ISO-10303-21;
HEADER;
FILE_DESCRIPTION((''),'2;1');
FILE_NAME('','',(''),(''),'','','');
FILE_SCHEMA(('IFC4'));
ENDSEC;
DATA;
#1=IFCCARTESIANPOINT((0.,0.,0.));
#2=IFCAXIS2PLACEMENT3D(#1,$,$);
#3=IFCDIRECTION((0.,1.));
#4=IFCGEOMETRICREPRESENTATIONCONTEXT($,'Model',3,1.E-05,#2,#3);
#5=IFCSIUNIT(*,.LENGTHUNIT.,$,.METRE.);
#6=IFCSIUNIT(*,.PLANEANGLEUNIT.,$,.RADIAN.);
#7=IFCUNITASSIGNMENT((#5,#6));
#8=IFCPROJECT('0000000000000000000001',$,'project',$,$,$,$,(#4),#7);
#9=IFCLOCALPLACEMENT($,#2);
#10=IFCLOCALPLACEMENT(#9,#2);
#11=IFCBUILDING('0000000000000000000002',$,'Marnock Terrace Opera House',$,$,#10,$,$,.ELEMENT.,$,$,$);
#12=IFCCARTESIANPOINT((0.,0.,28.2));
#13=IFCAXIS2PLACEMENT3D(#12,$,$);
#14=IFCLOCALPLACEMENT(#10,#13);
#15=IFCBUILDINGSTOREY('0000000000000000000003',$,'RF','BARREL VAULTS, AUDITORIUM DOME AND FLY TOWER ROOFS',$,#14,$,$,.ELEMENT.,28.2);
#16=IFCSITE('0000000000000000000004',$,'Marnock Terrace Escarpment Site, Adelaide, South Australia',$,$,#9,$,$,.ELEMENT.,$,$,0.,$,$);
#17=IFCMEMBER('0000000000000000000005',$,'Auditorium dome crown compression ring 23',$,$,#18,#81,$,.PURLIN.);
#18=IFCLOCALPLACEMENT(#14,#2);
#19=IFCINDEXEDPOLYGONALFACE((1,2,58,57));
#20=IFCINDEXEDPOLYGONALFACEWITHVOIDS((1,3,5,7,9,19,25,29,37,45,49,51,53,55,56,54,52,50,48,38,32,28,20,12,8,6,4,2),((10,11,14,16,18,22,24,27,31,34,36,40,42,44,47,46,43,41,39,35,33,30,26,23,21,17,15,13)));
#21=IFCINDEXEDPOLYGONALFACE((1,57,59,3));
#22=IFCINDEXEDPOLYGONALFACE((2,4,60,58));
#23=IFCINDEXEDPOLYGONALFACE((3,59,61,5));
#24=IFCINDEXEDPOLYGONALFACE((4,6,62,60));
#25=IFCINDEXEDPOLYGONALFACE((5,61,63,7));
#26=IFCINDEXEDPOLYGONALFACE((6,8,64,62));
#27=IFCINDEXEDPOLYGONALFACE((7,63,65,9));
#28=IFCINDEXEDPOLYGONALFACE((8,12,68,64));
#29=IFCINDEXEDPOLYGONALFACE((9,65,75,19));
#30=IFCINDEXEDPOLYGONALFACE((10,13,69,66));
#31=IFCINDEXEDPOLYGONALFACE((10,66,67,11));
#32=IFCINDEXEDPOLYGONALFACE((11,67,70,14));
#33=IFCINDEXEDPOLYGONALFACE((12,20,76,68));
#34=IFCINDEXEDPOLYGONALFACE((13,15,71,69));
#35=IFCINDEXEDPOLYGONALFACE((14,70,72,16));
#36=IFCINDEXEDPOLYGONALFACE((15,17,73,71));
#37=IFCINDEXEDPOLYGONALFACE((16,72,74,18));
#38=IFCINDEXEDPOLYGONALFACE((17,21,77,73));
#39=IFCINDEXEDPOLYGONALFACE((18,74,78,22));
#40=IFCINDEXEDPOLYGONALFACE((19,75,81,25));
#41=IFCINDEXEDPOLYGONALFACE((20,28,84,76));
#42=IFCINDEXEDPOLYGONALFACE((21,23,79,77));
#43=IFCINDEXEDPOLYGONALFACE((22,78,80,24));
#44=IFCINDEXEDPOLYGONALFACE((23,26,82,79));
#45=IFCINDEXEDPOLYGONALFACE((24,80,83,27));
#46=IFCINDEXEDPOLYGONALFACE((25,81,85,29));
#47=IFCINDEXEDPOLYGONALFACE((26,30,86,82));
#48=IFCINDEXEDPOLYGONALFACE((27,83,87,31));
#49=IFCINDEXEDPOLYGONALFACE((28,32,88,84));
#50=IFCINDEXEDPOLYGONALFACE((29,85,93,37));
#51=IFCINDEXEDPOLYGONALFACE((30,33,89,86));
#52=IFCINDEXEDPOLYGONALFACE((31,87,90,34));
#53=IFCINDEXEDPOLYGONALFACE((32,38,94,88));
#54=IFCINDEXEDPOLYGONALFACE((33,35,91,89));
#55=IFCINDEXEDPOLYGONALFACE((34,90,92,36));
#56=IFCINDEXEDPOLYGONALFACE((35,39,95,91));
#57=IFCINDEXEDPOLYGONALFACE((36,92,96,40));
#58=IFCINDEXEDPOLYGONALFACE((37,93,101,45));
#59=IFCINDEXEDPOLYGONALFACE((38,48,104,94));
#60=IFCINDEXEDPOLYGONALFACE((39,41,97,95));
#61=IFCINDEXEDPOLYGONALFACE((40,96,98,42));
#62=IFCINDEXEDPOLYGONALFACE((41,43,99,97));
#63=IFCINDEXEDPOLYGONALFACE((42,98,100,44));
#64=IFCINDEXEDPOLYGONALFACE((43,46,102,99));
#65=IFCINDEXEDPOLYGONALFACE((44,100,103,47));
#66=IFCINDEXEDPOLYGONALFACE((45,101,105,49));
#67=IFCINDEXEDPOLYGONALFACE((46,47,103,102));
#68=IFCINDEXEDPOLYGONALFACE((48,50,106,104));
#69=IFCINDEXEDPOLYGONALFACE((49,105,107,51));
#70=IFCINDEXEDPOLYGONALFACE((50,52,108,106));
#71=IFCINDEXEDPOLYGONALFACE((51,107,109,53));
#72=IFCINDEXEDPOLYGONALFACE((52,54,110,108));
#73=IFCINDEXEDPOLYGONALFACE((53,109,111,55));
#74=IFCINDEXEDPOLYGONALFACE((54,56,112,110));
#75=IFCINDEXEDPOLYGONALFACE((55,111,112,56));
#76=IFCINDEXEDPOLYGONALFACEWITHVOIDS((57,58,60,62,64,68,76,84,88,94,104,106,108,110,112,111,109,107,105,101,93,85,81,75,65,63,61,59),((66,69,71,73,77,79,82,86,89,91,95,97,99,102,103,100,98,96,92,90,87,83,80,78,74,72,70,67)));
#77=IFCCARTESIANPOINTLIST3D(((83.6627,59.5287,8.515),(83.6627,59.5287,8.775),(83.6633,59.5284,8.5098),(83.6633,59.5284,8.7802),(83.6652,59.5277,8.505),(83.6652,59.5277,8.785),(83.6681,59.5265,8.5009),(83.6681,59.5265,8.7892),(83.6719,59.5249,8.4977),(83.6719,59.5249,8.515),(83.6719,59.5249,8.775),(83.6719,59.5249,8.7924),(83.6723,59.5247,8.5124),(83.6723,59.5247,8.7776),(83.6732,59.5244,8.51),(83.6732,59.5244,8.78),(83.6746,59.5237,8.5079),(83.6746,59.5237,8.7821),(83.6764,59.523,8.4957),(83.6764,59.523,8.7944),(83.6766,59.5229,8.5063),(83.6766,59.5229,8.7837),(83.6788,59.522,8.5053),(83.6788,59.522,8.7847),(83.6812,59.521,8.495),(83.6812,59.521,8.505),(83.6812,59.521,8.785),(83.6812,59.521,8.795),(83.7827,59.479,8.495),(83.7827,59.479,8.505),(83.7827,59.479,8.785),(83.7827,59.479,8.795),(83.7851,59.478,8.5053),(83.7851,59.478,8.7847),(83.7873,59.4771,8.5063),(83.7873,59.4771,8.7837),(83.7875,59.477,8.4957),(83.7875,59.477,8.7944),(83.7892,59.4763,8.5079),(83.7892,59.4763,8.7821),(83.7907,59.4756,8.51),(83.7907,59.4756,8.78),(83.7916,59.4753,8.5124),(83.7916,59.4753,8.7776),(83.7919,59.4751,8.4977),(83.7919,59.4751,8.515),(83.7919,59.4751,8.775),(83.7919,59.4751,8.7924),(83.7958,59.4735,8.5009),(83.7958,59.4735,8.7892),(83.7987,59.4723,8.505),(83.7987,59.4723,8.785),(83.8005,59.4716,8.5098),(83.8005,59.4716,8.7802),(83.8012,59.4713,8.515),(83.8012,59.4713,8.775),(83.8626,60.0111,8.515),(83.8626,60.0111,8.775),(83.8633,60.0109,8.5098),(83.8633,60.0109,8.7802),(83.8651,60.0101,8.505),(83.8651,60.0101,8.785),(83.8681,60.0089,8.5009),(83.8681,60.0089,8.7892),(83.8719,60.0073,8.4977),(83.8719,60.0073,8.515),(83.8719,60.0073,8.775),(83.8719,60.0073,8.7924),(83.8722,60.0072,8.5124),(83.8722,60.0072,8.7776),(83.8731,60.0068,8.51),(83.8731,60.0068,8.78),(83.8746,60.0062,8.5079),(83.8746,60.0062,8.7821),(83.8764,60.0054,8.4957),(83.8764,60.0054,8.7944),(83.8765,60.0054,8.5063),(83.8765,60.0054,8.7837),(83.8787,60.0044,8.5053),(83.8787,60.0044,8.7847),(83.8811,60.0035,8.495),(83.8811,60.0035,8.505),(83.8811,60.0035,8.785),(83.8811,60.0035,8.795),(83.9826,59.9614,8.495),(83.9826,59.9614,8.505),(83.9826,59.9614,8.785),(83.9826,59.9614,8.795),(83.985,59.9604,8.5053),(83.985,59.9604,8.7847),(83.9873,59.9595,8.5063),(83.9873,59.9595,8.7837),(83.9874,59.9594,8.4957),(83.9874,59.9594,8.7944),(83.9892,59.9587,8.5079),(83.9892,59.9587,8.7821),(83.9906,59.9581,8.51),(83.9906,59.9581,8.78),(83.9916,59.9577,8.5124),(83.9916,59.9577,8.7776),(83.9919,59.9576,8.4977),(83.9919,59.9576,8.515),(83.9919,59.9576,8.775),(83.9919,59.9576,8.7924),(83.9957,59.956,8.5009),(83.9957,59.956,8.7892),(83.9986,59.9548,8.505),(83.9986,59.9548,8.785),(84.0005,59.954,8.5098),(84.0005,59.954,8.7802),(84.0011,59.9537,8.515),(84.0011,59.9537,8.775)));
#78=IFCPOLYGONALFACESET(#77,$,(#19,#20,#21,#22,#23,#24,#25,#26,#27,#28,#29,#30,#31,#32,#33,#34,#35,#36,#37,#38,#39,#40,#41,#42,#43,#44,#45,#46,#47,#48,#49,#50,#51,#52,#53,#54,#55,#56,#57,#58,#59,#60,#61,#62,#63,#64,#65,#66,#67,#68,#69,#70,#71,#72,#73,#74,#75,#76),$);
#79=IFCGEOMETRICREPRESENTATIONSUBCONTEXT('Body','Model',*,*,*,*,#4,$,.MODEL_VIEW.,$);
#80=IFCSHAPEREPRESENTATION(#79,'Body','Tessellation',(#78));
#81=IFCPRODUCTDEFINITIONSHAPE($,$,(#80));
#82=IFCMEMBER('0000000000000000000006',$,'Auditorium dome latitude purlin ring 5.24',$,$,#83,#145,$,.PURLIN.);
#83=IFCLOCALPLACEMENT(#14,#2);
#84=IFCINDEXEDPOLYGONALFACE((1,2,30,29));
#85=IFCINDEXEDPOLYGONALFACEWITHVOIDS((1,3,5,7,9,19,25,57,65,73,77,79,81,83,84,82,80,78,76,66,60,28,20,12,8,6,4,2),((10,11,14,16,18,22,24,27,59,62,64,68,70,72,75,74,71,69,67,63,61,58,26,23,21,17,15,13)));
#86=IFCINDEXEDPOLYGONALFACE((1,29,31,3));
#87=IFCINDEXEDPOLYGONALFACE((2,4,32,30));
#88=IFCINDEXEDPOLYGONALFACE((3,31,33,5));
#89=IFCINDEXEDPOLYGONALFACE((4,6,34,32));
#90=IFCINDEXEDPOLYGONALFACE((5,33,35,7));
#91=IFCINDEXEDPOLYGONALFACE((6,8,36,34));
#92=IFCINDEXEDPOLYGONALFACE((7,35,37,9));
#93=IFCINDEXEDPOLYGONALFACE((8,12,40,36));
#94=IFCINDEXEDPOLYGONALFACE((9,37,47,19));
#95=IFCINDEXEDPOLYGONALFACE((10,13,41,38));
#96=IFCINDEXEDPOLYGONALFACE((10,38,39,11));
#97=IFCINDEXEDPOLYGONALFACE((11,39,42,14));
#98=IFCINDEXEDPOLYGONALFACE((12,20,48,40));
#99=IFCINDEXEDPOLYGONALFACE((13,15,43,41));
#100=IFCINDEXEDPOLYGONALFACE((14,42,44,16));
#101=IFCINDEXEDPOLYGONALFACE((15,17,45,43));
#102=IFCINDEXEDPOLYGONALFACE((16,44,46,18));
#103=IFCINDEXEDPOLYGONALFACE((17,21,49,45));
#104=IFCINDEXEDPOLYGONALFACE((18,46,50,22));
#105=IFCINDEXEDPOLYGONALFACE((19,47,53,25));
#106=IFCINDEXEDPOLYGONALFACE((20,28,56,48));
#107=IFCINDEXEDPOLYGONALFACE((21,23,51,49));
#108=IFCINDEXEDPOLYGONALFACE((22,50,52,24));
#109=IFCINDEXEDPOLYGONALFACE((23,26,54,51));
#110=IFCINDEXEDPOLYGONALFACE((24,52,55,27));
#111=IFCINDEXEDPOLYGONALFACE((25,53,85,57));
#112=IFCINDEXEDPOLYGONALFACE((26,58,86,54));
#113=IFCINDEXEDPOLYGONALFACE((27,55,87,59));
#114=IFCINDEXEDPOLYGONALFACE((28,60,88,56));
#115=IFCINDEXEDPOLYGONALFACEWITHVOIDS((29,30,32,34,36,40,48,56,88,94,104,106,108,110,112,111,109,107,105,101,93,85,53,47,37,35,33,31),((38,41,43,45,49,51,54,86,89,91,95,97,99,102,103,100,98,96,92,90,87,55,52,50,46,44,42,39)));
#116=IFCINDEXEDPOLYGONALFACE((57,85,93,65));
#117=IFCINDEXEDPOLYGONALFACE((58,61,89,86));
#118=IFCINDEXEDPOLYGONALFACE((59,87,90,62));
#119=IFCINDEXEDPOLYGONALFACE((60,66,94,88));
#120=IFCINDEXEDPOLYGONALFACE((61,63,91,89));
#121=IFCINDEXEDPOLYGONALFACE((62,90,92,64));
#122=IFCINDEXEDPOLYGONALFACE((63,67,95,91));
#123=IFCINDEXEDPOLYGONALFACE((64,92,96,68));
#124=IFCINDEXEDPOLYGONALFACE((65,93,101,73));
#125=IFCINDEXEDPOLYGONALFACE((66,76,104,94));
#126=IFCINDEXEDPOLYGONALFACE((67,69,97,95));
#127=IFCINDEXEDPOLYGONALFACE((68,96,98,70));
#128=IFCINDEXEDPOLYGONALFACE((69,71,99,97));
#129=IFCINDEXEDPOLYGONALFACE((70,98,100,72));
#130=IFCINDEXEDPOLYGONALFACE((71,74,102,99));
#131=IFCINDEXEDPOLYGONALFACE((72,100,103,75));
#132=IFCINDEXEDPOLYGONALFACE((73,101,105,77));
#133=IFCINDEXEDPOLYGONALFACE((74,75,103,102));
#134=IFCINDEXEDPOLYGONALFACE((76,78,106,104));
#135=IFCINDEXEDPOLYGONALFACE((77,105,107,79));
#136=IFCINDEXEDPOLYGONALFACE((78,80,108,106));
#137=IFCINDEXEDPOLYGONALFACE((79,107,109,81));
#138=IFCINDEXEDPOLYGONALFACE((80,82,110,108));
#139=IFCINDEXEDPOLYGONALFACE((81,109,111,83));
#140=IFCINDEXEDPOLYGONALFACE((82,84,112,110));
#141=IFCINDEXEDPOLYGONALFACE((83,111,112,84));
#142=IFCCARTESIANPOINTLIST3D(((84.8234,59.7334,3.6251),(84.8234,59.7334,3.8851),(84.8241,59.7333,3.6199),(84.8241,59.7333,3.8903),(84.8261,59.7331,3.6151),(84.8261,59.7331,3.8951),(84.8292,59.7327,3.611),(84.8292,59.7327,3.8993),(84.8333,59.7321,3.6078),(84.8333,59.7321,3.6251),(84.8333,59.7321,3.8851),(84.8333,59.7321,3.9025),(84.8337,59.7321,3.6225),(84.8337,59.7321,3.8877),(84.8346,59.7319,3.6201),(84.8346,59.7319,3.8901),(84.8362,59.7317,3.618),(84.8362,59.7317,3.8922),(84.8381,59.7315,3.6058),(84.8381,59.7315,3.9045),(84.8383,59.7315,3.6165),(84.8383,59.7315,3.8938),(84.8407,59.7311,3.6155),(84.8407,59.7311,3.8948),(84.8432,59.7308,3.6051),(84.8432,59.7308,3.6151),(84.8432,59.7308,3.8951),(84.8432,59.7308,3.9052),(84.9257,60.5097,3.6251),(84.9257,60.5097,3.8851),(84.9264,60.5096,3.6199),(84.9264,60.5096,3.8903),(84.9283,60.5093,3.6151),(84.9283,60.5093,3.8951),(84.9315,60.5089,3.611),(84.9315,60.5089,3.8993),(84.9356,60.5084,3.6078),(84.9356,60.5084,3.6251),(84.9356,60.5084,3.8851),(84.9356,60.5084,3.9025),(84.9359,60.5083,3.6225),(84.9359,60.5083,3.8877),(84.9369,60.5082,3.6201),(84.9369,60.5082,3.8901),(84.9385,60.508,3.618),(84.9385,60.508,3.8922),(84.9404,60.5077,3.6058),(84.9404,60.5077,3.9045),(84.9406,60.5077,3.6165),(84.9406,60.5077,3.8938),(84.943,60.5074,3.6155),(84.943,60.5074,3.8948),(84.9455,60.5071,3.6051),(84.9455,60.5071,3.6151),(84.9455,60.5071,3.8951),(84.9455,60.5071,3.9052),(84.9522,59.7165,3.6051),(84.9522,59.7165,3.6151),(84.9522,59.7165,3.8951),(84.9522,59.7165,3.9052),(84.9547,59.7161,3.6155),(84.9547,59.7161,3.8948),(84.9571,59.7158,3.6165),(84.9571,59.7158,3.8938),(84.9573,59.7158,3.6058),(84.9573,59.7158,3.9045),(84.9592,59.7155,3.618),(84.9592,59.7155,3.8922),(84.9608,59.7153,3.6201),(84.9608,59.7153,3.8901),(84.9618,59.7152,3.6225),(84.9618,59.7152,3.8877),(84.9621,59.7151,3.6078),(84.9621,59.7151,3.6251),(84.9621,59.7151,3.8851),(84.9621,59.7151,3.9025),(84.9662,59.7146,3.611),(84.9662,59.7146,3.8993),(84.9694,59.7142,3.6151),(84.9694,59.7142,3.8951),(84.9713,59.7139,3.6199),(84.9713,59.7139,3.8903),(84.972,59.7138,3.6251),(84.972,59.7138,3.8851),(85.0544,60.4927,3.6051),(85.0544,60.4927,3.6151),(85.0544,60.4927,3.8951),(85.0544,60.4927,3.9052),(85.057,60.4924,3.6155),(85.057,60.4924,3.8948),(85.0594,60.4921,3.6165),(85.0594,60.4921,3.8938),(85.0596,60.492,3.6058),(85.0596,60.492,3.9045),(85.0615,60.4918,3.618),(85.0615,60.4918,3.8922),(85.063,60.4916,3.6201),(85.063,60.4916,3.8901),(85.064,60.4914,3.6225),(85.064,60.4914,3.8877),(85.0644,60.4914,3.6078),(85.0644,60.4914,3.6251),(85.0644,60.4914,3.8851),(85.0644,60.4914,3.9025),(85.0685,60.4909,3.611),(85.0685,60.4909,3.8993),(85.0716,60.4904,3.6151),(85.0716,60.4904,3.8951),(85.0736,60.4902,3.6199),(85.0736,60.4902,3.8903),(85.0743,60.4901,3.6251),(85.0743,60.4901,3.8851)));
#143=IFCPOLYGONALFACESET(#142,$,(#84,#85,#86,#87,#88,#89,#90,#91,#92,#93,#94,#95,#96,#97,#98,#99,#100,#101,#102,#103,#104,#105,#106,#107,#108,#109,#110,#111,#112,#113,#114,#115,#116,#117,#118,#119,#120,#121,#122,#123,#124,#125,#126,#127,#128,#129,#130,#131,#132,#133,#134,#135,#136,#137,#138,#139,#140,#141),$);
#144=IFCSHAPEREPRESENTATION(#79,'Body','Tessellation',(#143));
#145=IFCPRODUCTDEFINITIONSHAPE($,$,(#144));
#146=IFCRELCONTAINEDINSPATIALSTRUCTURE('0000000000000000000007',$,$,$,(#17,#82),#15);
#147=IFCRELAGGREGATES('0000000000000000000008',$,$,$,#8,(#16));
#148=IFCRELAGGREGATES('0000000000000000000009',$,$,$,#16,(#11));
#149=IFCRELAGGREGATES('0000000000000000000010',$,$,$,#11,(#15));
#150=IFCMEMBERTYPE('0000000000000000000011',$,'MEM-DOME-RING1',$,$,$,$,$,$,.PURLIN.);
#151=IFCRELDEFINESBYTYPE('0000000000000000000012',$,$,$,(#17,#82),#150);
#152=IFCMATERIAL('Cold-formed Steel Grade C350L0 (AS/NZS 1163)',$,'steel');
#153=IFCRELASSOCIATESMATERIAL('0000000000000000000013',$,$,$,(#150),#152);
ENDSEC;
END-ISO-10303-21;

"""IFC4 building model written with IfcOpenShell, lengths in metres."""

from ifc_helpers import new_model, si_unit, direction, frame, origin, origin_2d, place, context, subcontext, project, spatial, hollow_rectangle, extrude, material, material_profile, profile_set, type_object, element, save


model = new_model("IFC4")

# Units and contexts
model_context = context("Model", 3, precision=1e-05, world=origin(), true_north=direction((0.0, 1.0)))
body_context = subcontext(model_context, "Body", "Model", "MODEL_VIEW")
ifc_project = project(units=[si_unit("LENGTHUNIT", "METRE"), si_unit("PLANEANGLEUNIT", "RADIAN")], contexts=[model_context])

# Site, building, storey
site_placement = place(None, origin())
site = spatial("IfcSite", under=ifc_project, at=site_placement, Name="Marnock Terrace Escarpment Site, Adelaide, South Australia", CompositionType="ELEMENT", RefElevation=0.0)
building_placement = place(site_placement, origin())
building = spatial("IfcBuilding", under=site, at=building_placement, Name="Marnock Terrace Opera House", CompositionType="ELEMENT")
storey_placement = place(building_placement, frame((0.0, 0.0, 28.2)))
storey = spatial("IfcBuildingStorey", under=building, at=storey_placement, Name="RF", Description="BARREL VAULTS, AUDITORIUM DOME AND FLY TOWER ROOFS", CompositionType="ELEMENT", Elevation=28.2)

# Members
ifc_material_1 = material(Name="Cold-formed Steel Grade C350L0 (AS/NZS 1163)", Category="steel")
ifc_material_profile_1 = material_profile(ifc_material_1, hollow_rectangle(XDim=0.1499, YDim=0.3, WallThickness=0.01, InnerFilletRadius=0.01, OuterFilletRadius=0.02, at=origin_2d()))
ifc_profile_set_1 = profile_set([ifc_material_profile_1], Name="Cold-formed Steel Grade C350L0 (AS/NZS 1163)")
member_type_1 = type_object("IfcMemberType", Name="MEM-DOME-RING1", PredefinedType="PURLIN", material=ifc_profile_set_1)
member_1_placement = place(storey_placement, frame((83.7319, 59.5, 8.645), z_axis=(0.382889, 0.923795, 0.0), x_axis=(-0.923795, 0.382889, 0.0)))
element("IfcMember", 1, at=member_1_placement, inside=storey, type_object=member_type_1, Name="Auditorium dome crown compression ring 23", PredefinedType="PURLIN", context=body_context, shape_type="SweptSolid", body=[
    extrude(hollow_rectangle(XDim=0.1499, YDim=0.3, WallThickness=0.01, InnerFilletRadius=0.01, OuterFilletRadius=0.02, at=origin_2d()), origin(), (0.0, 0.0, 1.0), 0.5222),
])
member_2_placement = place(storey_placement, frame((84.8977, 59.7236, 3.7551), z_axis=(0.130632, 0.991431, 0.0), x_axis=(-0.991431, 0.130632, 0.0)))
element("IfcMember", 2, at=member_2_placement, inside=storey, type_object=member_type_1, Name="Auditorium dome latitude purlin ring 5.24", PredefinedType="PURLIN", context=body_context, shape_type="SweptSolid", body=[
    extrude(hollow_rectangle(XDim=0.1499, YDim=0.3, WallThickness=0.01, InnerFilletRadius=0.01, OuterFilletRadius=0.02, at=origin_2d()), origin(), (0.0, 0.0, 1.0), 0.783),
])

save(model, "model.ifc")
